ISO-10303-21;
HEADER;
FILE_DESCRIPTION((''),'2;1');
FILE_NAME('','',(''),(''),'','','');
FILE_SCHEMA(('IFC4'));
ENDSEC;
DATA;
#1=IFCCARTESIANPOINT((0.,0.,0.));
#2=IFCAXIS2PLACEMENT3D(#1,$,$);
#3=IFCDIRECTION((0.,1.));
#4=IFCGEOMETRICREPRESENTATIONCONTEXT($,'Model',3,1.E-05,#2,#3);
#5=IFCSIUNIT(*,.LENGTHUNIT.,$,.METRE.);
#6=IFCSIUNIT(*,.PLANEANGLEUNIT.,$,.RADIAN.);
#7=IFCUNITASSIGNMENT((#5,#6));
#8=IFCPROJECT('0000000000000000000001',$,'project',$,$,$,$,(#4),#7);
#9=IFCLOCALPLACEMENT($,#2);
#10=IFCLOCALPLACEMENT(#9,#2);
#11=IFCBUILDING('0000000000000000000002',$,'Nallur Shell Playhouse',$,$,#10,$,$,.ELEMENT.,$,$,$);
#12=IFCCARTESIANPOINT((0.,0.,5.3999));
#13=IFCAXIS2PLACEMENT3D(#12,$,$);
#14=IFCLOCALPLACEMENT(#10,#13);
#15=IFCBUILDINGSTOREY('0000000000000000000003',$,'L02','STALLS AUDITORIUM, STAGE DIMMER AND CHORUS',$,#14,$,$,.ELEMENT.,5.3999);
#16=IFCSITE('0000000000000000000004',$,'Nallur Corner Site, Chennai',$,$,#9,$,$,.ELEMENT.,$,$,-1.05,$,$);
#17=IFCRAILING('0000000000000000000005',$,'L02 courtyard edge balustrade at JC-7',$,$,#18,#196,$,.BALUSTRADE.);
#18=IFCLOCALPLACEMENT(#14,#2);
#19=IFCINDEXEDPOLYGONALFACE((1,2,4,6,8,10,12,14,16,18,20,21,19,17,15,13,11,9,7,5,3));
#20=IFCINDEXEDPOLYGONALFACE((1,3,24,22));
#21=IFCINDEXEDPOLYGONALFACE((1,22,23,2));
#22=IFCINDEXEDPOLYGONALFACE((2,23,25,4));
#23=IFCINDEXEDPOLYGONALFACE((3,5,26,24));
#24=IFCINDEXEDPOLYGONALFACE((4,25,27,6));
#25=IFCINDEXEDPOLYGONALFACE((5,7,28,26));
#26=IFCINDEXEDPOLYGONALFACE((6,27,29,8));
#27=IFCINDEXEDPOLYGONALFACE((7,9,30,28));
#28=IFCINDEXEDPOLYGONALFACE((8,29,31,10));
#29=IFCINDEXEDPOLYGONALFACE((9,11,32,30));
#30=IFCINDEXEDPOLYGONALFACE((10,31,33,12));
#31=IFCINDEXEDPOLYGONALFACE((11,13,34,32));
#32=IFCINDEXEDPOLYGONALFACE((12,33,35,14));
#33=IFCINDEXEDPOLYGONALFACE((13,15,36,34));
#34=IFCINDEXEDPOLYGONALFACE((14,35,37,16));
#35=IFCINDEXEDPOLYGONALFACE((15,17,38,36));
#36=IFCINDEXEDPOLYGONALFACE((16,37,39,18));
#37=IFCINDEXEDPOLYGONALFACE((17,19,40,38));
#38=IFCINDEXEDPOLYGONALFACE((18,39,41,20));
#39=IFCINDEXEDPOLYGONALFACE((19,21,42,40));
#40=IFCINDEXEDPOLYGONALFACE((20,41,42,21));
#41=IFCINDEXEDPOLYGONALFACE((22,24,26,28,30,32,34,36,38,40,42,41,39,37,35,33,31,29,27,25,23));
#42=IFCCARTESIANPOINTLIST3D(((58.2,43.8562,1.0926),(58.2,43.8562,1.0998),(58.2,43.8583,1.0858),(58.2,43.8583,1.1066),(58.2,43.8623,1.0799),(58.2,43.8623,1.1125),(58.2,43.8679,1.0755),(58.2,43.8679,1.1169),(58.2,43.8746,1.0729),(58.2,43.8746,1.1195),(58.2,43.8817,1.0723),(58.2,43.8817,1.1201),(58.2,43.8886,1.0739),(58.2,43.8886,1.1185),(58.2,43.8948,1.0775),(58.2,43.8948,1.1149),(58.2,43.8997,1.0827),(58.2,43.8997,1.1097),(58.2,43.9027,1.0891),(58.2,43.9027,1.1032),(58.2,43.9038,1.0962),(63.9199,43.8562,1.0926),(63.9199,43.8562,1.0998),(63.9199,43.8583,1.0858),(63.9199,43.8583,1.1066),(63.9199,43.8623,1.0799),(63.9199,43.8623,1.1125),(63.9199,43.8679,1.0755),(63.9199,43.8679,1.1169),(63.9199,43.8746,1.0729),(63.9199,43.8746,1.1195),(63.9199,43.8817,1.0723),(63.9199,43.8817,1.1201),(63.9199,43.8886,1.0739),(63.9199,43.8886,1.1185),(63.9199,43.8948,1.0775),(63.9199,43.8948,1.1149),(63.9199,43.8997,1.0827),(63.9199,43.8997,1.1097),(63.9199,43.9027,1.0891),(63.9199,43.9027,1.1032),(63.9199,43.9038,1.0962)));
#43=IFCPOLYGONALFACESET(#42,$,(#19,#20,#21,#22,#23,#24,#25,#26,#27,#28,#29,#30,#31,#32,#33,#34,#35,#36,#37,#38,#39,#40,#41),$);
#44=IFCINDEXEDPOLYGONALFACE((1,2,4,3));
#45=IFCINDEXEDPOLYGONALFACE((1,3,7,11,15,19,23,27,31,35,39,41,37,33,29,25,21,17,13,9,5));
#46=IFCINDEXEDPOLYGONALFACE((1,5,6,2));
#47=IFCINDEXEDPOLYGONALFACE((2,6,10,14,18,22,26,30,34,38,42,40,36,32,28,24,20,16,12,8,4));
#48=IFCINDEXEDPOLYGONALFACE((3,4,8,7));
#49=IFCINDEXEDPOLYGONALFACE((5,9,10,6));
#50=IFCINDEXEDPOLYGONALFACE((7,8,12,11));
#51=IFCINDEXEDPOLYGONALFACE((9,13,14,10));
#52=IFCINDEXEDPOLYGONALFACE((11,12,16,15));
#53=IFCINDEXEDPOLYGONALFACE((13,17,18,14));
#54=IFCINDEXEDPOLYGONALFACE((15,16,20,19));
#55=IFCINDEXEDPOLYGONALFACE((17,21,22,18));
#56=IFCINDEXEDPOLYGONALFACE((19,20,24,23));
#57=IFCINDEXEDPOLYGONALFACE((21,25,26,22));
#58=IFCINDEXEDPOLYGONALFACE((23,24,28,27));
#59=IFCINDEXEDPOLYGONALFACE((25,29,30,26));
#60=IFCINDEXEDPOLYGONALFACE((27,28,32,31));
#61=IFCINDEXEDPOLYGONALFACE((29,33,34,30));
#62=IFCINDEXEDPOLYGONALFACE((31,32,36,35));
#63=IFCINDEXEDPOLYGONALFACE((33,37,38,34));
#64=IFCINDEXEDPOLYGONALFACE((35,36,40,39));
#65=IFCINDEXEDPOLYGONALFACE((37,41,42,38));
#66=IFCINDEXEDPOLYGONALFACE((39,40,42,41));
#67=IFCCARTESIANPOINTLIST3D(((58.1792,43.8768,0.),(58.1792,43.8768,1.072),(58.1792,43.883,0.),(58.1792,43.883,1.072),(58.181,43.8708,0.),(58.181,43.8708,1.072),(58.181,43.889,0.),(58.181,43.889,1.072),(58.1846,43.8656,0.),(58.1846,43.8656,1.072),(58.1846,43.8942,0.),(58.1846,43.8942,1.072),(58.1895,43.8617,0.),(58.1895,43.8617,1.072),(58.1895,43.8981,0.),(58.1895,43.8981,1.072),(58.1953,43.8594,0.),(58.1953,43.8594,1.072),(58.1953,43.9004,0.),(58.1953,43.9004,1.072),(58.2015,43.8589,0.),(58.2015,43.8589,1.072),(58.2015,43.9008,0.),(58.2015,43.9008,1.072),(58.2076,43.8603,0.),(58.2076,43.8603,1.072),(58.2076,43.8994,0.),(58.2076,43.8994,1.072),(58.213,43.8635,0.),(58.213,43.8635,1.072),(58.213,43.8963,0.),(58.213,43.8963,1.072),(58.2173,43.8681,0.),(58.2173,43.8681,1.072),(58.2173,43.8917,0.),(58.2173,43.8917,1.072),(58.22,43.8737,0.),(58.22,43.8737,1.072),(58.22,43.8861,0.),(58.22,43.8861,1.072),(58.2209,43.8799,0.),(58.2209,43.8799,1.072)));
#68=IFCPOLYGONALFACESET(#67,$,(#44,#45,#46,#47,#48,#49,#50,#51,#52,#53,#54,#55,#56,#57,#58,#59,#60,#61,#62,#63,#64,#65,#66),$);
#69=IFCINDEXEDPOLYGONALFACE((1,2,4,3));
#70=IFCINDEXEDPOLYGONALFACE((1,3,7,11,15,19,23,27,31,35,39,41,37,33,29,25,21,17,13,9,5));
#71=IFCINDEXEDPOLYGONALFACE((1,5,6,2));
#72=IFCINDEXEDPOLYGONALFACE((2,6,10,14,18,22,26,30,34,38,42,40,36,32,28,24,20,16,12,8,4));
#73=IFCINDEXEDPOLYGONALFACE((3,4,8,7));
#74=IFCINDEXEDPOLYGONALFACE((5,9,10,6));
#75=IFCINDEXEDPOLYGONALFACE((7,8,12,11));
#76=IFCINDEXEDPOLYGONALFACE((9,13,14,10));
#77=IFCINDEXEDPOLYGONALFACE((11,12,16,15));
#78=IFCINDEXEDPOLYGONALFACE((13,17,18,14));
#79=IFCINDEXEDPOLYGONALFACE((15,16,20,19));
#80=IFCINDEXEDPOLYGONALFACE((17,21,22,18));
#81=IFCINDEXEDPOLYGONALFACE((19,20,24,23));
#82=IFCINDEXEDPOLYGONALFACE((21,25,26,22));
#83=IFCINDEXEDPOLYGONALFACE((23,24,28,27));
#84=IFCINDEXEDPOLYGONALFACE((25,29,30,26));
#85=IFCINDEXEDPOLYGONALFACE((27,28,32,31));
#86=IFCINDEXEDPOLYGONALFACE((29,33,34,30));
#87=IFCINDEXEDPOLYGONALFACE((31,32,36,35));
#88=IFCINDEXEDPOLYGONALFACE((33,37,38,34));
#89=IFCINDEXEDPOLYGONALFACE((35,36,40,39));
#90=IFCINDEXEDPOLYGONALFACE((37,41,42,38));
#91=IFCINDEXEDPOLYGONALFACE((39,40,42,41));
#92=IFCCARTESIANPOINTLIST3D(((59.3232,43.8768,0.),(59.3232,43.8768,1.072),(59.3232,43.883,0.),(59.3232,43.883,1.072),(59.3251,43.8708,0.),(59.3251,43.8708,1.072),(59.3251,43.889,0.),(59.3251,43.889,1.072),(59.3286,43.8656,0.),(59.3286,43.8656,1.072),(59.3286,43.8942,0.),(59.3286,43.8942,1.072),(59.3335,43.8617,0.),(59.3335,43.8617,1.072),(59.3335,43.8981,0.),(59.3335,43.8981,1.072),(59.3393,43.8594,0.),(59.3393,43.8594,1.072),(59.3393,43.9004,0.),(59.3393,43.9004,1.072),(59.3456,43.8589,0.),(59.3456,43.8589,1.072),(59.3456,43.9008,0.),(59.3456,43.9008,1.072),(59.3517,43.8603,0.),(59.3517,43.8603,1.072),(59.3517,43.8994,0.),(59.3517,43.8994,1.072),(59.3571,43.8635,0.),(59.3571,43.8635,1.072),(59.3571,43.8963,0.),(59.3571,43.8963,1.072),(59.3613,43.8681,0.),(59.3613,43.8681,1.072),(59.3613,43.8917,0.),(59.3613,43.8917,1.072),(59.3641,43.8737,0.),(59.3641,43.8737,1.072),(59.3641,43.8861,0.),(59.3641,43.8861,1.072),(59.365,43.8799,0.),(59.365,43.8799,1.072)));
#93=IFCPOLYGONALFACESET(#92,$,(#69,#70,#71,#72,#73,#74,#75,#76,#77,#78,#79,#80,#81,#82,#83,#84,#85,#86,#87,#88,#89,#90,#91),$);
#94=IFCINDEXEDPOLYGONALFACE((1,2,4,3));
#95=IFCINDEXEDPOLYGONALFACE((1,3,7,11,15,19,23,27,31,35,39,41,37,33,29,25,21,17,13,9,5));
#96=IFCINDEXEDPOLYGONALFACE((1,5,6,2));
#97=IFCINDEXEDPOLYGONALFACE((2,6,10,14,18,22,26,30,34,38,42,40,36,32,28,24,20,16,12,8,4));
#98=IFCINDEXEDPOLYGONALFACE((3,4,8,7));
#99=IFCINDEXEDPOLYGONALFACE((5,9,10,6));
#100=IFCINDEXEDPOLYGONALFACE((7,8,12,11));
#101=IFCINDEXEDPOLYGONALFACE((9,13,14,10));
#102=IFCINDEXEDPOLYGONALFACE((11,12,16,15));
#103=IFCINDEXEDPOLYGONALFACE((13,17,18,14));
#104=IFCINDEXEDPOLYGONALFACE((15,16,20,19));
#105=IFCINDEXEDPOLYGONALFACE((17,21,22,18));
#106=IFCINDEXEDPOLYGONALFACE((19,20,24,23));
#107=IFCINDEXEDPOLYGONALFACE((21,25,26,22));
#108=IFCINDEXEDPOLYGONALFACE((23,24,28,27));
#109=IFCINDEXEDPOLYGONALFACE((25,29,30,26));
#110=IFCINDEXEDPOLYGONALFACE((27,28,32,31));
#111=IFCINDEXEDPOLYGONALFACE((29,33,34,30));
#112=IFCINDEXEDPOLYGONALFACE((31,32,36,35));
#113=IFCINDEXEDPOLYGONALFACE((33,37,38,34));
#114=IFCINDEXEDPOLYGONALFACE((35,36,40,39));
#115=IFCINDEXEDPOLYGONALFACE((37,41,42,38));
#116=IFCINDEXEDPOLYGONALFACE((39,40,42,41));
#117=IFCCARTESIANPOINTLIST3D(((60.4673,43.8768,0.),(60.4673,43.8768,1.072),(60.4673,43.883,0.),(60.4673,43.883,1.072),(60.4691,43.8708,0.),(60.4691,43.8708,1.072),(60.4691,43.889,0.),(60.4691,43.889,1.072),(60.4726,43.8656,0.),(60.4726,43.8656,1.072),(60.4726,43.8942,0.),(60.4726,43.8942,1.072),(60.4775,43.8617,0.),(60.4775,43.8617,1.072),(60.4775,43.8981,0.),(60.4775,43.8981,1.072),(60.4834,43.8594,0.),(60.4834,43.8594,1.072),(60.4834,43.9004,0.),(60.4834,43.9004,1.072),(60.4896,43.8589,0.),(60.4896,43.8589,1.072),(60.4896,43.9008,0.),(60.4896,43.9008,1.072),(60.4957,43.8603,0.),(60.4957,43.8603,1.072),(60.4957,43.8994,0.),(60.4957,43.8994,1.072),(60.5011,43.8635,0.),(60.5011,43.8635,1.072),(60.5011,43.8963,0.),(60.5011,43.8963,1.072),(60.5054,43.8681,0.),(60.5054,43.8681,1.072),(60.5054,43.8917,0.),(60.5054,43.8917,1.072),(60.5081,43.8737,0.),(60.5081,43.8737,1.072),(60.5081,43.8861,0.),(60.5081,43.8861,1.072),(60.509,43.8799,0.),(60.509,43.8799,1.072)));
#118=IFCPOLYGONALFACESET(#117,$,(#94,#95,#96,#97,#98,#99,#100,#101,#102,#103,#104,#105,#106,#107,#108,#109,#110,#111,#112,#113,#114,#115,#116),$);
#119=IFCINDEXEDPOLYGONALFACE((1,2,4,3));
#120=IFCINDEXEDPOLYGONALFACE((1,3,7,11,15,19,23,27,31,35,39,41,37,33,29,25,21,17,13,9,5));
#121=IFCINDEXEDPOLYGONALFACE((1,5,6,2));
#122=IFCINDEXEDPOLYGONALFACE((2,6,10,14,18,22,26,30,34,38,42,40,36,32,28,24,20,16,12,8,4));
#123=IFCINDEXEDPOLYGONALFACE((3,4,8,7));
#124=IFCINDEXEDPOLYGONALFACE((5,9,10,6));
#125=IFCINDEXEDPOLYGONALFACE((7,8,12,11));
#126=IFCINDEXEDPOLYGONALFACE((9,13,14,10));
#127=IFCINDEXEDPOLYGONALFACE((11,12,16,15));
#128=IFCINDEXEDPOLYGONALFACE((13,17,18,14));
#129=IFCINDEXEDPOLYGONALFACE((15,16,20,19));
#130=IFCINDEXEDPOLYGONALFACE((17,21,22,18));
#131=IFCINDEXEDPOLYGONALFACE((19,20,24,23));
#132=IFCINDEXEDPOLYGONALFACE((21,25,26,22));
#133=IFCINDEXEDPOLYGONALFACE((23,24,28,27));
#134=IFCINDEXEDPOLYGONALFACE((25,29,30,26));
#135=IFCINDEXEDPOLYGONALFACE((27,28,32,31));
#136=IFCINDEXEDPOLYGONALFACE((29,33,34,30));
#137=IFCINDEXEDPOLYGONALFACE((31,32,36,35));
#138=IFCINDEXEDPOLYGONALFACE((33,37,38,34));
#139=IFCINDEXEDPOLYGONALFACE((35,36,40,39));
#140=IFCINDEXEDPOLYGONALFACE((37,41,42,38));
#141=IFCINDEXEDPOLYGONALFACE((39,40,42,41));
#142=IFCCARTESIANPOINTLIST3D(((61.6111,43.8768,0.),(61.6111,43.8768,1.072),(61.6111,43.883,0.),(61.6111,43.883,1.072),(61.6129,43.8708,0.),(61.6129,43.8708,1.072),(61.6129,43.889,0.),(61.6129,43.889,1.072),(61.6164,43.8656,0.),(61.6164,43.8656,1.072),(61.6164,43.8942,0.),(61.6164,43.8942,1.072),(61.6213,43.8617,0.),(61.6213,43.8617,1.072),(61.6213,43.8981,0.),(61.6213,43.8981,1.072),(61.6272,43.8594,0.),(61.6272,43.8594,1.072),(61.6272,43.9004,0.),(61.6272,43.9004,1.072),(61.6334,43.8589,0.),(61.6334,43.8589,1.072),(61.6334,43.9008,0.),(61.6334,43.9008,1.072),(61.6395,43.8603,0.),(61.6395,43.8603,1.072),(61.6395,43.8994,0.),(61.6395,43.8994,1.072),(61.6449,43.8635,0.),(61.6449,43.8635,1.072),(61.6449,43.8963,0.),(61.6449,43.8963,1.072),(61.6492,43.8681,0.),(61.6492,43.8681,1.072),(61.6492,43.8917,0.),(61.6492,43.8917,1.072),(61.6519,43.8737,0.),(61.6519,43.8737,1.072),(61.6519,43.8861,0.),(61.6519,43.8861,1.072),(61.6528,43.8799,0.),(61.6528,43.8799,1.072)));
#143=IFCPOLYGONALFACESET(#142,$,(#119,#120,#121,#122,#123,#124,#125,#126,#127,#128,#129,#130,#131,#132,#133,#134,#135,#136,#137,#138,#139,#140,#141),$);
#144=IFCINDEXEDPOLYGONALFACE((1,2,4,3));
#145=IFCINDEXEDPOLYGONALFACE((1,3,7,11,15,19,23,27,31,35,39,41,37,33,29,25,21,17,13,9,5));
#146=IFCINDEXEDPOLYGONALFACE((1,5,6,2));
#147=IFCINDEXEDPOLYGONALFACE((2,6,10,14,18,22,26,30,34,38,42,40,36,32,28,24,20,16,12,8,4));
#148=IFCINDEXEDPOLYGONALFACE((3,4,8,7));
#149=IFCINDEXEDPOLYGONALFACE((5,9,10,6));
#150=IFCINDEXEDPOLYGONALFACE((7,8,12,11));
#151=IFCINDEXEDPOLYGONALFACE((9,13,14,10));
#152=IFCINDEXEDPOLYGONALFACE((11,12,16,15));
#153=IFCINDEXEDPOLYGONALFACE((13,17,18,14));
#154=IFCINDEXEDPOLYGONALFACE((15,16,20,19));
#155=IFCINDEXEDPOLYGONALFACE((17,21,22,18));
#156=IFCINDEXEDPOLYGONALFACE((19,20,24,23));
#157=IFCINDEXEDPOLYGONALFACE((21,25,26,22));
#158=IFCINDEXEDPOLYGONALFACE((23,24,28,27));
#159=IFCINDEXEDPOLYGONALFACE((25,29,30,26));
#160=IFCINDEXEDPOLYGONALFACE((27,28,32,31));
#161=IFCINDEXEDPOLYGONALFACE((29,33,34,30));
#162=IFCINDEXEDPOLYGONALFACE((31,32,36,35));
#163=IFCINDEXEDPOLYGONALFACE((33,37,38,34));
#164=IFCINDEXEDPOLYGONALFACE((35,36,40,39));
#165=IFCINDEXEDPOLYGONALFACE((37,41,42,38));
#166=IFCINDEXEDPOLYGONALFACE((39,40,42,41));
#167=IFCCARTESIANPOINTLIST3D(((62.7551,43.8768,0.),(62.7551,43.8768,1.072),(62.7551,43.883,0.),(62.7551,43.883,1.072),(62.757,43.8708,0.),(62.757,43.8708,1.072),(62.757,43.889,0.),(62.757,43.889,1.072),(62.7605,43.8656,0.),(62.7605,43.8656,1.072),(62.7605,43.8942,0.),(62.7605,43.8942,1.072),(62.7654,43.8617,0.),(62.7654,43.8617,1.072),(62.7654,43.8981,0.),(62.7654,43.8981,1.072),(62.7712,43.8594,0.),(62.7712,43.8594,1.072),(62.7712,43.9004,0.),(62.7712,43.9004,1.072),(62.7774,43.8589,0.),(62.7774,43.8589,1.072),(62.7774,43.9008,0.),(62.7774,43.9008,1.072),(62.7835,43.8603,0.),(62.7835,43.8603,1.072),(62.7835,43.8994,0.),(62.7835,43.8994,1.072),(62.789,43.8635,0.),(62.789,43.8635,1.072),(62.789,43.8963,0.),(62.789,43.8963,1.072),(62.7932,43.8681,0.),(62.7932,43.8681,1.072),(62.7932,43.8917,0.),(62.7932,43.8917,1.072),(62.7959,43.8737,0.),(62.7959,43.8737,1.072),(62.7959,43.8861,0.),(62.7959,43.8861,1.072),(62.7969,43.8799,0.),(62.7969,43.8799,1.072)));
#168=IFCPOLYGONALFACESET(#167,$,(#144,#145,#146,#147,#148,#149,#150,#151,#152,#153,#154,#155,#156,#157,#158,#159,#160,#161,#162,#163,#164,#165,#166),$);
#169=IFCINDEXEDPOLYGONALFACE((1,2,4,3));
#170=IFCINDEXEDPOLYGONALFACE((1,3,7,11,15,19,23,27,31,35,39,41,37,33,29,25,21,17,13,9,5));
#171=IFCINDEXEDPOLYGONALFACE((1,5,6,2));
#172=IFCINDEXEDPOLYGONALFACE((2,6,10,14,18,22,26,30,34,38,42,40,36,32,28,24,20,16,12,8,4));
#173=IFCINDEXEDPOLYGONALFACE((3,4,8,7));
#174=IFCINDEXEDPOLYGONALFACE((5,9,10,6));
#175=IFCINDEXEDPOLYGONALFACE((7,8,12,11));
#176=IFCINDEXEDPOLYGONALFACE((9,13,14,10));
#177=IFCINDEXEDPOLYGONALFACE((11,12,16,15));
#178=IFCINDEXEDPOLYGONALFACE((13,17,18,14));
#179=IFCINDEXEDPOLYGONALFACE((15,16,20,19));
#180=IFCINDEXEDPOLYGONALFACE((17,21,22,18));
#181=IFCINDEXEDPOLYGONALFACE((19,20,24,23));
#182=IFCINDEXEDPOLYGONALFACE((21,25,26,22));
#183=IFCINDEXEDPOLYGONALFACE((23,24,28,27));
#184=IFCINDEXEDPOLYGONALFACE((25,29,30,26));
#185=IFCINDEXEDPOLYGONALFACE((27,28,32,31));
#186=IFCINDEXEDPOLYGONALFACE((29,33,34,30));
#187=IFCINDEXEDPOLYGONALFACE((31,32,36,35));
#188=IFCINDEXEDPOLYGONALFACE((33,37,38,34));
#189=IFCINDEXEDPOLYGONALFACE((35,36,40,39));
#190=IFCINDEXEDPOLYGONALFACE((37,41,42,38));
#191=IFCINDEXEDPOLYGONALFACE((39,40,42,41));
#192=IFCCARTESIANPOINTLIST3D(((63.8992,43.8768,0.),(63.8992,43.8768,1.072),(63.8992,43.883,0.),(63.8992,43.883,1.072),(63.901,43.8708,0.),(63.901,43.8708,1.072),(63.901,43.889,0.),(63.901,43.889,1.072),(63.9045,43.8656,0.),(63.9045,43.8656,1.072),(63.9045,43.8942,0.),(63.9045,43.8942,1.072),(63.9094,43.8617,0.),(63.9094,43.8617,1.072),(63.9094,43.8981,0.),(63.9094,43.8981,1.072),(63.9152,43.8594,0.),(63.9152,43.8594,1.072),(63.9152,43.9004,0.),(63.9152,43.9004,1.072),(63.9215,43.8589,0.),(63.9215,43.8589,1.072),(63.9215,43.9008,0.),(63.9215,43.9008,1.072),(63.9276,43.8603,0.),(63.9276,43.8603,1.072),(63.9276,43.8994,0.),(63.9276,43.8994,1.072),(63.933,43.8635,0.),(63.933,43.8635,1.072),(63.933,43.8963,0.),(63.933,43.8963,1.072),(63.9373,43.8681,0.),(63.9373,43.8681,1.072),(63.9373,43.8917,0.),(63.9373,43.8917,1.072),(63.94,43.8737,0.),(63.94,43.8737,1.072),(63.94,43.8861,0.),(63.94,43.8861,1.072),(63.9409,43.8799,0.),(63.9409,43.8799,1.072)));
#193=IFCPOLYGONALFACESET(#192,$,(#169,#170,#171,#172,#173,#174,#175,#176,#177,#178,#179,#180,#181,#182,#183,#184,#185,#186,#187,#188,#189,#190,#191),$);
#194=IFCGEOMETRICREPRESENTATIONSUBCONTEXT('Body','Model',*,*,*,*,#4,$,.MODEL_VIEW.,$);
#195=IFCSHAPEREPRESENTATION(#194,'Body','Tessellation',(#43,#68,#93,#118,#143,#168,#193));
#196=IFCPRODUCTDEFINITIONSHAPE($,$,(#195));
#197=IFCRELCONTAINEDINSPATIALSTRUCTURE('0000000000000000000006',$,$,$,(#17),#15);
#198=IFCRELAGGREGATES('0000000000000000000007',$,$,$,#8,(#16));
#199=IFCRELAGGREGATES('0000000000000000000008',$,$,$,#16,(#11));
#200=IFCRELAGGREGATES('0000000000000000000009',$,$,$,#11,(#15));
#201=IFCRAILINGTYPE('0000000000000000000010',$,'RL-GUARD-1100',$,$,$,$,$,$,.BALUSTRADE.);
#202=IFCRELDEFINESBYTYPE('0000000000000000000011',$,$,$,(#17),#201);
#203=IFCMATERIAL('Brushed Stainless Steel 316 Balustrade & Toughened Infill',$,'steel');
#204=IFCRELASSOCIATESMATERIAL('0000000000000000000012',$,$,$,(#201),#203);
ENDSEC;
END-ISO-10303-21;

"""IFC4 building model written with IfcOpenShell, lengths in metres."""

from ifc_helpers import new_model, si_unit, direction, frame, origin, origin_2d, place, context, subcontext, project, spatial, circle, extrude, material, type_object, element, save


model = new_model("IFC4")

# Units and contexts
model_context = context("Model", 3, precision=1e-05, world=origin(), true_north=direction((0.0, 1.0)))
body_context = subcontext(model_context, "Body", "Model", "MODEL_VIEW")
ifc_project = project(units=[si_unit("LENGTHUNIT", "METRE"), si_unit("PLANEANGLEUNIT", "RADIAN")], contexts=[model_context])

# Site, building, storey
site_placement = place(None, origin())
site = spatial("IfcSite", under=ifc_project, at=site_placement, Name="Nallur Corner Site, Chennai", CompositionType="ELEMENT", RefElevation=-1.05)
building_placement = place(site_placement, origin())
building = spatial("IfcBuilding", under=site, at=building_placement, Name="Nallur Shell Playhouse", CompositionType="ELEMENT")
storey_placement = place(building_placement, frame((0.0, 0.0, 5.3999)))
storey = spatial("IfcBuildingStorey", under=building, at=storey_placement, Name="L02", Description="STALLS AUDITORIUM, STAGE DIMMER AND CHORUS", CompositionType="ELEMENT", Elevation=5.3999)

# Railing
ifc_material_1 = material(Name="Brushed Stainless Steel 316 Balustrade & Toughened Infill", Category="steel")
railing_type = type_object("IfcRailingType", Name="RL-GUARD-1100", PredefinedType="BALUSTRADE", material=ifc_material_1)
railing_placement = place(storey_placement, frame((58.2, 43.8799, 0.0)))
element("IfcRailing", 1, at=railing_placement, inside=storey, type_object=railing_type, Name="L02 courtyard edge balustrade at JC-7", PredefinedType="BALUSTRADE", context=body_context, shape_type="SweptSolid", body=[
    extrude(circle(Radius=0.0239, at=origin_2d()), frame((0.0, 0.0, 1.0962), z_axis=(1.0, 0.0, 0.0), x_axis=(0.0, 1.0, 0.0)), (0.0, 0.0, 1.0), 5.72),
    extrude(circle(Radius=0.021, at=origin_2d()), origin(), (0.0, 0.0, 1.0), 1.072),
    extrude(circle(Radius=0.021, at=origin_2d()), frame((1.144, 0.0, 0.0)), (0.0, 0.0, 1.0), 1.072),
    extrude(circle(Radius=0.021, at=origin_2d()), frame((2.2881, 0.0, 0.0)), (0.0, 0.0, 1.0), 1.072),
    extrude(circle(Radius=0.021, at=origin_2d()), frame((3.4319, 0.0, 0.0)), (0.0, 0.0, 1.0), 1.072),
    extrude(circle(Radius=0.021, at=origin_2d()), frame((4.5759, 0.0, 0.0)), (0.0, 0.0, 1.0), 1.072),
    extrude(circle(Radius=0.021, at=origin_2d()), frame((5.72, 0.0, 0.0)), (0.0, 0.0, 1.0), 1.072),
])

save(model, "model.ifc")
